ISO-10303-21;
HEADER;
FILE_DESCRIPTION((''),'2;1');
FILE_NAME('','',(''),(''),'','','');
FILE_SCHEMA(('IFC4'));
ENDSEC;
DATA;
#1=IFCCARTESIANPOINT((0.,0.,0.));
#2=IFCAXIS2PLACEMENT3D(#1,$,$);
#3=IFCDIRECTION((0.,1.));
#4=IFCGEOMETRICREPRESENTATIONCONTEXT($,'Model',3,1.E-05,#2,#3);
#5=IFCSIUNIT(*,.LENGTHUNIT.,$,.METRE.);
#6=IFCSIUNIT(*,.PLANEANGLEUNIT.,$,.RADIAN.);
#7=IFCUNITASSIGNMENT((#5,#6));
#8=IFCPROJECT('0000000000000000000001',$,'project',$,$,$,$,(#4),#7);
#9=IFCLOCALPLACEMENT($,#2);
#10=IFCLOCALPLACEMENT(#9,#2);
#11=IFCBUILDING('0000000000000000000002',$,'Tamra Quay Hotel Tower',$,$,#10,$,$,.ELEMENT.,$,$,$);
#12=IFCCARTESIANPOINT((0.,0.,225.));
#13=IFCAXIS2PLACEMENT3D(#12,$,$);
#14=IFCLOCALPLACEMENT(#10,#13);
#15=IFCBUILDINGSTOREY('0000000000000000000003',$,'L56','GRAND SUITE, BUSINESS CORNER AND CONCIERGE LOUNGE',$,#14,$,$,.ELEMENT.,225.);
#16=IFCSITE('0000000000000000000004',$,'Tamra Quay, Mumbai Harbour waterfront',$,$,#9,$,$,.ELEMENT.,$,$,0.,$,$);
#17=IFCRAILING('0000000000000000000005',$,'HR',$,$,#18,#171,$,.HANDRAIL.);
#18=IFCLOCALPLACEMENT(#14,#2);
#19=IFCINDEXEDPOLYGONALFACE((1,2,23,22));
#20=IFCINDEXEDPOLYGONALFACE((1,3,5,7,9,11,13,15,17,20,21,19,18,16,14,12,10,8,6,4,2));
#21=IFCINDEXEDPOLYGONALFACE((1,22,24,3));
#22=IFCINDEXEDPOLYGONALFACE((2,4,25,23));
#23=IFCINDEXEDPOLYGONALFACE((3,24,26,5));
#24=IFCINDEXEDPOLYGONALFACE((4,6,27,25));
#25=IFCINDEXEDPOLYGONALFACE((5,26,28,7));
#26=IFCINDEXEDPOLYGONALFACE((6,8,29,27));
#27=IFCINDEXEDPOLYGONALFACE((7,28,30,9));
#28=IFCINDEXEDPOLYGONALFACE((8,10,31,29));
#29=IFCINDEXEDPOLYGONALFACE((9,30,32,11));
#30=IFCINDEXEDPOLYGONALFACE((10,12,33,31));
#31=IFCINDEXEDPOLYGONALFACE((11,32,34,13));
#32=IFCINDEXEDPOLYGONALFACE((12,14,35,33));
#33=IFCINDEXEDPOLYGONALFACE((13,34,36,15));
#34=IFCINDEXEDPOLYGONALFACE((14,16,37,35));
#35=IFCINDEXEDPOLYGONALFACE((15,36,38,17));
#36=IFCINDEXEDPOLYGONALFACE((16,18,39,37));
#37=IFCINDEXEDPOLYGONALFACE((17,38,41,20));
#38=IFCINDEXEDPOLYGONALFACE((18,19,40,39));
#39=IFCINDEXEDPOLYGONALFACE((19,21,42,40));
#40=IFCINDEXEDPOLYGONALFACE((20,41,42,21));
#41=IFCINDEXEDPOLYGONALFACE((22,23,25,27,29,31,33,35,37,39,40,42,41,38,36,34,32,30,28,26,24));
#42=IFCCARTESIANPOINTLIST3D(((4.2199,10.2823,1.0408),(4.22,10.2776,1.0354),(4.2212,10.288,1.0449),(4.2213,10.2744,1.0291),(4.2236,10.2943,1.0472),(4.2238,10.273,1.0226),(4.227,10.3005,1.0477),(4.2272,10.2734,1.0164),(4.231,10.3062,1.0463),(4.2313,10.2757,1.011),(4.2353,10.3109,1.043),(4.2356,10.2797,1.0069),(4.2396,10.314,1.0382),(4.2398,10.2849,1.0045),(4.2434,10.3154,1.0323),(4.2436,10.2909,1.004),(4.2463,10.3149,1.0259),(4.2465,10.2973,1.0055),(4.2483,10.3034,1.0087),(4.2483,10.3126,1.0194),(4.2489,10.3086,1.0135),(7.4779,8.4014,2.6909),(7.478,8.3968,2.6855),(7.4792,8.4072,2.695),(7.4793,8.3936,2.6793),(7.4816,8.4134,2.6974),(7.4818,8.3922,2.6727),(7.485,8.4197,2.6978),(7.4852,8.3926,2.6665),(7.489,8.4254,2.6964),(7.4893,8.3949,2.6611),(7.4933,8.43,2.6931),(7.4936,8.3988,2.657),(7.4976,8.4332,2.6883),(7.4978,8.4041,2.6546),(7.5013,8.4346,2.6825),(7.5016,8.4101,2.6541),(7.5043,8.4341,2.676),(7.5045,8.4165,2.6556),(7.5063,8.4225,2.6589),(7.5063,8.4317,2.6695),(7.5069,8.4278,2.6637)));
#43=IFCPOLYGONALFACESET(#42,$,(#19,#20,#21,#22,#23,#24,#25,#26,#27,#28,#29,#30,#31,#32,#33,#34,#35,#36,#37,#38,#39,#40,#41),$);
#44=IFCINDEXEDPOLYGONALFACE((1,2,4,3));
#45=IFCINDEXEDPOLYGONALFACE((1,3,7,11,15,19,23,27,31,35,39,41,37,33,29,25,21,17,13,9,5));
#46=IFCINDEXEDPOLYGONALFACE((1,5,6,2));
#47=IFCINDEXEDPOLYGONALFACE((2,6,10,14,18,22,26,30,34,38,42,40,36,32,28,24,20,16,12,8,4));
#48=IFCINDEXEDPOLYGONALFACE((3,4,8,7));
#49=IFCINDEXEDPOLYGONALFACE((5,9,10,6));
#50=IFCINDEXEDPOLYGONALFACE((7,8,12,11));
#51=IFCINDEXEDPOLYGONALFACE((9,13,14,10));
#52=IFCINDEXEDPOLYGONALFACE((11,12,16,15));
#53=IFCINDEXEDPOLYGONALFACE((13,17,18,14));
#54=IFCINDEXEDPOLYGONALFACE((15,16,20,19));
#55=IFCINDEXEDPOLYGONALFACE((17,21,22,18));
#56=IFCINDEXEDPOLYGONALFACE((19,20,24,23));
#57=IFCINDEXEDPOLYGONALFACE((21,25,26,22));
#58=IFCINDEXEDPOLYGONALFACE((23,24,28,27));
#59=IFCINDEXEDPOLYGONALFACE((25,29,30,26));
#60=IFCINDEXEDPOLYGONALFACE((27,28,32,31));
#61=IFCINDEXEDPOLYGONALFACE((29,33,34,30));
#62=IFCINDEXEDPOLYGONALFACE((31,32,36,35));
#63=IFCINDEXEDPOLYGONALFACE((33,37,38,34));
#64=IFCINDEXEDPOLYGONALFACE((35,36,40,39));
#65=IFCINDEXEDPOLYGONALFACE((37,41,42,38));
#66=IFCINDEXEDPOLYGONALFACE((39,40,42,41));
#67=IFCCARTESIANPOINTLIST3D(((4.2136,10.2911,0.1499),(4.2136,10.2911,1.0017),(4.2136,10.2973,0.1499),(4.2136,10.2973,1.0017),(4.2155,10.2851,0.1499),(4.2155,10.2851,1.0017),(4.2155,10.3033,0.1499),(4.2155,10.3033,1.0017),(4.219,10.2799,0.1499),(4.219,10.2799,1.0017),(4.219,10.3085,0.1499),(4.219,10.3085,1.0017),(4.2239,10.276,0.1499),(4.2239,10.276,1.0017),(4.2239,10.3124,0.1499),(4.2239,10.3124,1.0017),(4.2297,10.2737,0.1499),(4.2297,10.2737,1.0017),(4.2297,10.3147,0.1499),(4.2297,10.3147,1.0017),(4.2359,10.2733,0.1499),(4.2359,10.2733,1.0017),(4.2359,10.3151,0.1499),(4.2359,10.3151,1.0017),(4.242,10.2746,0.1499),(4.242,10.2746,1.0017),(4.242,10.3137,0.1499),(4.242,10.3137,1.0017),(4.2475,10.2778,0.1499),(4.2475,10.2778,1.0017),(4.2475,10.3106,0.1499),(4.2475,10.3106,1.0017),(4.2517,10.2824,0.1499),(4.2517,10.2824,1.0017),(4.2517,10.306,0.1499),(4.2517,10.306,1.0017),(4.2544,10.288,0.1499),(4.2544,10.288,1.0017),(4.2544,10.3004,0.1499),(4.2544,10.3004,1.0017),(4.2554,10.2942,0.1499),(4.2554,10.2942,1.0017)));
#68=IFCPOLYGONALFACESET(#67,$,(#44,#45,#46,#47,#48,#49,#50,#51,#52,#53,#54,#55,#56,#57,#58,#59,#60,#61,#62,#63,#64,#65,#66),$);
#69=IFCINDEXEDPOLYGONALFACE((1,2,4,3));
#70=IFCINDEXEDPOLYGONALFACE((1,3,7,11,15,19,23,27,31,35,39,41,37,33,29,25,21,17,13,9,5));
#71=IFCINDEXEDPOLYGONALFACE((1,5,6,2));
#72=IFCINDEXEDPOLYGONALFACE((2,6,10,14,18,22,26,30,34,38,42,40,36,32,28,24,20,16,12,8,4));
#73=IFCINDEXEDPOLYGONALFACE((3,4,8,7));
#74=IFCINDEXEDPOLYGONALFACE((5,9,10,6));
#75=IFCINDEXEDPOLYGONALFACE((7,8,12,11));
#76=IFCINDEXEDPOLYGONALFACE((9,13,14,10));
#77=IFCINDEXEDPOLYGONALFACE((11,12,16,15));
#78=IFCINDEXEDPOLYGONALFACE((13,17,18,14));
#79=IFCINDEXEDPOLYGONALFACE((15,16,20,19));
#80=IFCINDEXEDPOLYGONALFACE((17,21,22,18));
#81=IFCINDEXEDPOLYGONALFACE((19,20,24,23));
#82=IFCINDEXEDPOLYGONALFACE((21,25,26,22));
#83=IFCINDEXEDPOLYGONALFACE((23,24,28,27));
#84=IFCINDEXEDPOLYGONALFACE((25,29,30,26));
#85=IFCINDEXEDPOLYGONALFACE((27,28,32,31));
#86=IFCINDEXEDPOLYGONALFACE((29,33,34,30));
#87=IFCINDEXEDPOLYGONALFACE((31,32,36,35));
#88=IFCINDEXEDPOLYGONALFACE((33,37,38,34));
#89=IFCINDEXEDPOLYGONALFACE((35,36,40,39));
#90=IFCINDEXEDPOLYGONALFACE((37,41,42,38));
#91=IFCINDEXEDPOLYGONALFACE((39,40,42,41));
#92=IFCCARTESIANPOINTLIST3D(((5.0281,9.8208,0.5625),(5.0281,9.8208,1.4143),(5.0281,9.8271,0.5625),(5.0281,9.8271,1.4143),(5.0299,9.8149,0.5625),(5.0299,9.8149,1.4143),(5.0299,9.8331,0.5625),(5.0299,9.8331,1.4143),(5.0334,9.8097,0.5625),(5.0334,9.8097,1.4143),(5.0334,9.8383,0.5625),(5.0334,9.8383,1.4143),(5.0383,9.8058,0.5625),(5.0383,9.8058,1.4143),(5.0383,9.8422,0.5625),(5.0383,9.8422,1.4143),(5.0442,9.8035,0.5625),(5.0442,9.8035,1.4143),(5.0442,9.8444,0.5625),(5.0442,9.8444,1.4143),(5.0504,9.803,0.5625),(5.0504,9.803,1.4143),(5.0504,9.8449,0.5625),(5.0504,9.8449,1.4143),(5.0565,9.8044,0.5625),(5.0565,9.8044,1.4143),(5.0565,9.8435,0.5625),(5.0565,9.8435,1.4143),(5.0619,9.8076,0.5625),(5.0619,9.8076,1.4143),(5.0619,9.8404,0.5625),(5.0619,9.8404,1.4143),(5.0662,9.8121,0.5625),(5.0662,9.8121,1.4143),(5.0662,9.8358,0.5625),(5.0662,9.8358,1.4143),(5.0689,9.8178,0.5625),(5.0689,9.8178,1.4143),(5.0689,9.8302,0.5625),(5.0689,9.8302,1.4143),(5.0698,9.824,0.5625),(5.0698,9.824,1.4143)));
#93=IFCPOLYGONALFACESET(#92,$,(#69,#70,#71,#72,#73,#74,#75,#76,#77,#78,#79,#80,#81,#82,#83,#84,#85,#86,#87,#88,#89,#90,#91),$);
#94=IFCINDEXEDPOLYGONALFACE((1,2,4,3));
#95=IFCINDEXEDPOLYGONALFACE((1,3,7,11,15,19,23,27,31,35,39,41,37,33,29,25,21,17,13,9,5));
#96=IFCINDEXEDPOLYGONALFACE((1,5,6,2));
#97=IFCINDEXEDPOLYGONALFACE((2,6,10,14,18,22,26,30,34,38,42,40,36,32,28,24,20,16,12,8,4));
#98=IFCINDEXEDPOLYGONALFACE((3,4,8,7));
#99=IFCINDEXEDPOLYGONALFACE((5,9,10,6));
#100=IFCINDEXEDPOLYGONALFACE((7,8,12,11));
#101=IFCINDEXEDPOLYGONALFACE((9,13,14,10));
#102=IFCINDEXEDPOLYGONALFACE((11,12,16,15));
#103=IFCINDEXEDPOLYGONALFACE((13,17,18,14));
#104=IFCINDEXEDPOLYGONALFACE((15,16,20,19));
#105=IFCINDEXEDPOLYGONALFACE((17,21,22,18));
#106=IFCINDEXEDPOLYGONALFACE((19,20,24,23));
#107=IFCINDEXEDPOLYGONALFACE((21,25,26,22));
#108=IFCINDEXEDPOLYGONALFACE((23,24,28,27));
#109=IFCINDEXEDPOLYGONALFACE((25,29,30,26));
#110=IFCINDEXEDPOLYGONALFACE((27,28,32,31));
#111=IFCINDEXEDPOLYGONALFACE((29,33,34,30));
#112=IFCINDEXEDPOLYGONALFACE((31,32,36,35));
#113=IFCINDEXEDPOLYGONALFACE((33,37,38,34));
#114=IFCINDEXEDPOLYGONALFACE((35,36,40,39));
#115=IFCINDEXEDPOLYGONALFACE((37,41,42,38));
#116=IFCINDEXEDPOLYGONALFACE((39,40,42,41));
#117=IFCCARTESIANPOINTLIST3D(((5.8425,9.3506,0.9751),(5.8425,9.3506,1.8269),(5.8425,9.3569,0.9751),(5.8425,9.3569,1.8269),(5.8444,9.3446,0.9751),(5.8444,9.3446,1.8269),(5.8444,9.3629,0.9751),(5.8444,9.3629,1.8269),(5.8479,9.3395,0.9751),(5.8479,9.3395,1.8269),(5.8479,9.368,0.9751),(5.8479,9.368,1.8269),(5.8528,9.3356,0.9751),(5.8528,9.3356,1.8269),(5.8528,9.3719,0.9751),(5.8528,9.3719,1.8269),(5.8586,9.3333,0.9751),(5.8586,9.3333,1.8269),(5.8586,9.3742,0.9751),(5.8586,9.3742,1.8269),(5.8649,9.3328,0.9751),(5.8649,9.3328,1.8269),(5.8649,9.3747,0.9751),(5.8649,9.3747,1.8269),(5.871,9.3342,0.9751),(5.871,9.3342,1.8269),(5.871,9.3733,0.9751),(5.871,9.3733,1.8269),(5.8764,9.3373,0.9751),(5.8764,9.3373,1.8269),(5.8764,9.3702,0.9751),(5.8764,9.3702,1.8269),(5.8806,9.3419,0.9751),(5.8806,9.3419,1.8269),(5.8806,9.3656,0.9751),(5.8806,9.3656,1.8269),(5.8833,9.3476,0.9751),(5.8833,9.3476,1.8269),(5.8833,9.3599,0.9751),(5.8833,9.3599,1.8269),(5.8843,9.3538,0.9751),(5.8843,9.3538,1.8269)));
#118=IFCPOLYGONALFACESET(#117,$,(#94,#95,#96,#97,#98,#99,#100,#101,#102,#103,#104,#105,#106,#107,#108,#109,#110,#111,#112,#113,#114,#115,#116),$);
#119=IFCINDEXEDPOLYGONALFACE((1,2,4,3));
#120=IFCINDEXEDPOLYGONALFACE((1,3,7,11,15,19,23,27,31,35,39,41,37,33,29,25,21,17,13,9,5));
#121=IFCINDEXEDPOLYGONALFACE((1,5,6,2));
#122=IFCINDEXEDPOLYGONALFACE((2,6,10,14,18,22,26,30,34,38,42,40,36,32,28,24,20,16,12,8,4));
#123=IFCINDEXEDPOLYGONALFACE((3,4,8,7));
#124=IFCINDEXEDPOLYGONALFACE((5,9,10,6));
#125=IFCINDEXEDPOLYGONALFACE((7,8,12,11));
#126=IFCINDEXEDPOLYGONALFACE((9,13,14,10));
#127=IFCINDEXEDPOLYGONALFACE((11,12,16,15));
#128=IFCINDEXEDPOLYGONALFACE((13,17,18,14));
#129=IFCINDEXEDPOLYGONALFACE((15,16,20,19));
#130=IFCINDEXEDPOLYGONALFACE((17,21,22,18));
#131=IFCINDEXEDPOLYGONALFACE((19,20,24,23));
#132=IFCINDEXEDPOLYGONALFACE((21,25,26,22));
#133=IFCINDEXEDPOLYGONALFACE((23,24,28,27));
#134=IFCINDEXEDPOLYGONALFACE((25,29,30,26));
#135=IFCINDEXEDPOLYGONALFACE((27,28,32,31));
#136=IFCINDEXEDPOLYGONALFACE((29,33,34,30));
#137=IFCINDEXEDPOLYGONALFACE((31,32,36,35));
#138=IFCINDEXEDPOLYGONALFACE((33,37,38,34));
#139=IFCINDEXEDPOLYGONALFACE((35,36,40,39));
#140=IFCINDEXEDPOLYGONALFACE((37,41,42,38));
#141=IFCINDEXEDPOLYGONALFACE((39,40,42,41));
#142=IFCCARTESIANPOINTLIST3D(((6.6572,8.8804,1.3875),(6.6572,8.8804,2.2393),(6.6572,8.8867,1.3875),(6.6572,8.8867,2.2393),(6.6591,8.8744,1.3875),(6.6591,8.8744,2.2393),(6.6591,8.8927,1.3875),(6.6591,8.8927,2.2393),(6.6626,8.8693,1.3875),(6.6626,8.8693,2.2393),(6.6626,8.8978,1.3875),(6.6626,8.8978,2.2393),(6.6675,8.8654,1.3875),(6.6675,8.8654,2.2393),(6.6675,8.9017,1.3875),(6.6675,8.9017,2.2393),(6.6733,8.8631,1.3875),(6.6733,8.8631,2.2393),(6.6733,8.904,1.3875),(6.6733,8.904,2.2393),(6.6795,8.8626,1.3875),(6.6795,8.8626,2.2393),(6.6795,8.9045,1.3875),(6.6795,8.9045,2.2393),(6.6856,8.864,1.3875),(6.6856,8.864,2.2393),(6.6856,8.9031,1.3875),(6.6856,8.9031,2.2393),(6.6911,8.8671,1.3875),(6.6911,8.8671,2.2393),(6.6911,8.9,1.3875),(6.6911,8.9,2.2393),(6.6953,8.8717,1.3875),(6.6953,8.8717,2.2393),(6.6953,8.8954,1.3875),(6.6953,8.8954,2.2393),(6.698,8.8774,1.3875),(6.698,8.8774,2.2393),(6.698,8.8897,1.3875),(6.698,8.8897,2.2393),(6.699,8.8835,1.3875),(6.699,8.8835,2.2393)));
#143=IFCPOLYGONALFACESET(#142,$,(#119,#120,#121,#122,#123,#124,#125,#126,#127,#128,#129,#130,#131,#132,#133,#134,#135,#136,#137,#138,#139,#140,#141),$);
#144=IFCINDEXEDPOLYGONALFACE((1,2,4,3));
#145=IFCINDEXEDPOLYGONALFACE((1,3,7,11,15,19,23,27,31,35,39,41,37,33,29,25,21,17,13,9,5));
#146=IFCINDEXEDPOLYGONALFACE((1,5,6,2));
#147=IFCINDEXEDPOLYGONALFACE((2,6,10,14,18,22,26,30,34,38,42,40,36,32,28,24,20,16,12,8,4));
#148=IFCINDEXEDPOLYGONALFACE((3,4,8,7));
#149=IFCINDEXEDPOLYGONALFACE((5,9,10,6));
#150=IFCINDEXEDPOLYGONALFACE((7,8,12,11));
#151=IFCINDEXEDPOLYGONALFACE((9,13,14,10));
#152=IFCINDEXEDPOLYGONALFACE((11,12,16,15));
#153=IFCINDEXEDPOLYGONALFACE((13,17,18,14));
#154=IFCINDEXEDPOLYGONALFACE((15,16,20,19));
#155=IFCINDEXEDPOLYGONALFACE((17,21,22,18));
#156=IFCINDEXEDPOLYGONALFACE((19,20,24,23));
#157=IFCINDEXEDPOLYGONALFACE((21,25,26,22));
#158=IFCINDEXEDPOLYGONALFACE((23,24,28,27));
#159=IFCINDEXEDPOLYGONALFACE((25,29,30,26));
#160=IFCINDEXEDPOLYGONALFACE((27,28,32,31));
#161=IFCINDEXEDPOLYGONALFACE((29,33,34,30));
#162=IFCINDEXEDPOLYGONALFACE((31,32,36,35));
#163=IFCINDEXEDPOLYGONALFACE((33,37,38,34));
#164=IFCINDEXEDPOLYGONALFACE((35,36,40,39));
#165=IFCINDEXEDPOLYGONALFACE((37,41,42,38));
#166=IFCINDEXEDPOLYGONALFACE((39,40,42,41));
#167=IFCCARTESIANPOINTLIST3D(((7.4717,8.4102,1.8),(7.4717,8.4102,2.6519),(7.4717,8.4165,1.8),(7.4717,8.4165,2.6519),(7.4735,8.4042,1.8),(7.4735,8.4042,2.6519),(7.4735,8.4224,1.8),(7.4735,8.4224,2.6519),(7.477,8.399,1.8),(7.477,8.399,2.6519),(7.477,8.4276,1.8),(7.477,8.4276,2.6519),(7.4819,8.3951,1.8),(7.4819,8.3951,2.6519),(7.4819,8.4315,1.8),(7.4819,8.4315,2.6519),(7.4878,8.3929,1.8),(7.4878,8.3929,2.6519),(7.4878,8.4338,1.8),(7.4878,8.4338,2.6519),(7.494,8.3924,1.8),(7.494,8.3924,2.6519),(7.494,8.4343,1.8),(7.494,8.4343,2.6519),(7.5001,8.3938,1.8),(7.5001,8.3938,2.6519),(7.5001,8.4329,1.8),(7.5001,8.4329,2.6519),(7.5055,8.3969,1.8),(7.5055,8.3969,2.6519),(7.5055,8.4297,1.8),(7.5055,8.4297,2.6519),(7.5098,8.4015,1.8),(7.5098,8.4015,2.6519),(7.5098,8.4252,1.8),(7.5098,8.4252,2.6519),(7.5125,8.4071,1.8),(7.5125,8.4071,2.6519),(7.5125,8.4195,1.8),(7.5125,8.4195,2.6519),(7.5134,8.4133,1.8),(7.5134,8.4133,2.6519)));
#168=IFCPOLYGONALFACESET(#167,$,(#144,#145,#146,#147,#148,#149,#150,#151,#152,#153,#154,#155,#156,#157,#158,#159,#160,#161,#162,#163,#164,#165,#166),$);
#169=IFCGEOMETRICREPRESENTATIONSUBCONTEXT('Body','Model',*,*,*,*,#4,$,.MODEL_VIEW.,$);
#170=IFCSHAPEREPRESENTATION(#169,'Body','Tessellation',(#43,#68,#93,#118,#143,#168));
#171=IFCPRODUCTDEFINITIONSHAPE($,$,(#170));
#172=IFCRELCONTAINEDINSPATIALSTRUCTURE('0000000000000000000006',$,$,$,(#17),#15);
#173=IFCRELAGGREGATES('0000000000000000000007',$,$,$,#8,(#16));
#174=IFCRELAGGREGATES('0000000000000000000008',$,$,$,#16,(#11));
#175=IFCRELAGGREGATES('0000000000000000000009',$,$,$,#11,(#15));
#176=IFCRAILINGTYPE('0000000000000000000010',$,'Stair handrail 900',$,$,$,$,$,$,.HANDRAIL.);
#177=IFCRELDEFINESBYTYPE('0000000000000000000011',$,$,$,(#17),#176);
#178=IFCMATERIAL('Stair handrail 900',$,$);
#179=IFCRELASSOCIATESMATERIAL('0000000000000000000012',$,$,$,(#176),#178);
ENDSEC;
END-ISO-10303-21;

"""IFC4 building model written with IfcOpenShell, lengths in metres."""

from ifc_helpers import new_model, si_unit, direction, frame, origin, origin_2d, place, context, subcontext, project, spatial, circle, extrude, material, type_object, element, save


model = new_model("IFC4")

# Units and contexts
model_context = context("Model", 3, precision=1e-05, world=origin(), true_north=direction((0.0, 1.0)))
body_context = subcontext(model_context, "Body", "Model", "MODEL_VIEW")
ifc_project = project(units=[si_unit("LENGTHUNIT", "METRE"), si_unit("PLANEANGLEUNIT", "RADIAN")], contexts=[model_context])

# Site, building, storey
site_placement = place(None, origin())
site = spatial("IfcSite", under=ifc_project, at=site_placement, Name="Tamra Quay, Mumbai Harbour waterfront", CompositionType="ELEMENT", RefElevation=0.0)
building_placement = place(site_placement, origin())
building = spatial("IfcBuilding", under=site, at=building_placement, Name="Tamra Quay Hotel Tower", CompositionType="ELEMENT")
storey_placement = place(building_placement, frame((0.0, 0.0, 225.0)))
storey = spatial("IfcBuildingStorey", under=building, at=storey_placement, Name="L56", Description="GRAND SUITE, BUSINESS CORNER AND CONCIERGE LOUNGE", CompositionType="ELEMENT", Elevation=225.0)

# Railing
ifc_material_1 = material(Name="Stair handrail 900")
railing_type = type_object("IfcRailingType", Name="Stair handrail 900", PredefinedType="HANDRAIL", material=ifc_material_1)
railing_placement = place(storey_placement, frame((4.2344, 10.2942, 0.1499)))
element("IfcRailing", 1, at=railing_placement, inside=storey, type_object=railing_type, Name="HR", PredefinedType="HANDRAIL", context=body_context, shape_type="SweptSolid", body=[
    extrude(circle(Radius=0.0239, at=origin_2d()), frame((0.0, 0.0, 0.876), z_axis=(0.793103, -0.457854, 0.401692), x_axis=(0.499964, 0.866046, 0.0)), (0.0, 0.0, 1.0), 4.1079),
    extrude(circle(Radius=0.021, at=origin_2d()), origin(), (0.0, 0.0, 1.0), 0.8518),
    extrude(circle(Radius=0.021, at=origin_2d()), frame((0.8145, -0.4702, 0.4126)), (0.0, 0.0, 1.0), 0.8518),
    extrude(circle(Radius=0.021, at=origin_2d()), frame((1.6289, -0.9404, 0.8252)), (0.0, 0.0, 1.0), 0.8518),
    extrude(circle(Radius=0.021, at=origin_2d()), frame((2.4436, -1.4106, 1.2375)), (0.0, 0.0, 1.0), 0.8518),
    extrude(circle(Radius=0.021, at=origin_2d()), frame((3.2581, -1.8809, 1.6501)), (0.0, 0.0, 1.0), 0.8518),
])

save(model, "model.ifc")
